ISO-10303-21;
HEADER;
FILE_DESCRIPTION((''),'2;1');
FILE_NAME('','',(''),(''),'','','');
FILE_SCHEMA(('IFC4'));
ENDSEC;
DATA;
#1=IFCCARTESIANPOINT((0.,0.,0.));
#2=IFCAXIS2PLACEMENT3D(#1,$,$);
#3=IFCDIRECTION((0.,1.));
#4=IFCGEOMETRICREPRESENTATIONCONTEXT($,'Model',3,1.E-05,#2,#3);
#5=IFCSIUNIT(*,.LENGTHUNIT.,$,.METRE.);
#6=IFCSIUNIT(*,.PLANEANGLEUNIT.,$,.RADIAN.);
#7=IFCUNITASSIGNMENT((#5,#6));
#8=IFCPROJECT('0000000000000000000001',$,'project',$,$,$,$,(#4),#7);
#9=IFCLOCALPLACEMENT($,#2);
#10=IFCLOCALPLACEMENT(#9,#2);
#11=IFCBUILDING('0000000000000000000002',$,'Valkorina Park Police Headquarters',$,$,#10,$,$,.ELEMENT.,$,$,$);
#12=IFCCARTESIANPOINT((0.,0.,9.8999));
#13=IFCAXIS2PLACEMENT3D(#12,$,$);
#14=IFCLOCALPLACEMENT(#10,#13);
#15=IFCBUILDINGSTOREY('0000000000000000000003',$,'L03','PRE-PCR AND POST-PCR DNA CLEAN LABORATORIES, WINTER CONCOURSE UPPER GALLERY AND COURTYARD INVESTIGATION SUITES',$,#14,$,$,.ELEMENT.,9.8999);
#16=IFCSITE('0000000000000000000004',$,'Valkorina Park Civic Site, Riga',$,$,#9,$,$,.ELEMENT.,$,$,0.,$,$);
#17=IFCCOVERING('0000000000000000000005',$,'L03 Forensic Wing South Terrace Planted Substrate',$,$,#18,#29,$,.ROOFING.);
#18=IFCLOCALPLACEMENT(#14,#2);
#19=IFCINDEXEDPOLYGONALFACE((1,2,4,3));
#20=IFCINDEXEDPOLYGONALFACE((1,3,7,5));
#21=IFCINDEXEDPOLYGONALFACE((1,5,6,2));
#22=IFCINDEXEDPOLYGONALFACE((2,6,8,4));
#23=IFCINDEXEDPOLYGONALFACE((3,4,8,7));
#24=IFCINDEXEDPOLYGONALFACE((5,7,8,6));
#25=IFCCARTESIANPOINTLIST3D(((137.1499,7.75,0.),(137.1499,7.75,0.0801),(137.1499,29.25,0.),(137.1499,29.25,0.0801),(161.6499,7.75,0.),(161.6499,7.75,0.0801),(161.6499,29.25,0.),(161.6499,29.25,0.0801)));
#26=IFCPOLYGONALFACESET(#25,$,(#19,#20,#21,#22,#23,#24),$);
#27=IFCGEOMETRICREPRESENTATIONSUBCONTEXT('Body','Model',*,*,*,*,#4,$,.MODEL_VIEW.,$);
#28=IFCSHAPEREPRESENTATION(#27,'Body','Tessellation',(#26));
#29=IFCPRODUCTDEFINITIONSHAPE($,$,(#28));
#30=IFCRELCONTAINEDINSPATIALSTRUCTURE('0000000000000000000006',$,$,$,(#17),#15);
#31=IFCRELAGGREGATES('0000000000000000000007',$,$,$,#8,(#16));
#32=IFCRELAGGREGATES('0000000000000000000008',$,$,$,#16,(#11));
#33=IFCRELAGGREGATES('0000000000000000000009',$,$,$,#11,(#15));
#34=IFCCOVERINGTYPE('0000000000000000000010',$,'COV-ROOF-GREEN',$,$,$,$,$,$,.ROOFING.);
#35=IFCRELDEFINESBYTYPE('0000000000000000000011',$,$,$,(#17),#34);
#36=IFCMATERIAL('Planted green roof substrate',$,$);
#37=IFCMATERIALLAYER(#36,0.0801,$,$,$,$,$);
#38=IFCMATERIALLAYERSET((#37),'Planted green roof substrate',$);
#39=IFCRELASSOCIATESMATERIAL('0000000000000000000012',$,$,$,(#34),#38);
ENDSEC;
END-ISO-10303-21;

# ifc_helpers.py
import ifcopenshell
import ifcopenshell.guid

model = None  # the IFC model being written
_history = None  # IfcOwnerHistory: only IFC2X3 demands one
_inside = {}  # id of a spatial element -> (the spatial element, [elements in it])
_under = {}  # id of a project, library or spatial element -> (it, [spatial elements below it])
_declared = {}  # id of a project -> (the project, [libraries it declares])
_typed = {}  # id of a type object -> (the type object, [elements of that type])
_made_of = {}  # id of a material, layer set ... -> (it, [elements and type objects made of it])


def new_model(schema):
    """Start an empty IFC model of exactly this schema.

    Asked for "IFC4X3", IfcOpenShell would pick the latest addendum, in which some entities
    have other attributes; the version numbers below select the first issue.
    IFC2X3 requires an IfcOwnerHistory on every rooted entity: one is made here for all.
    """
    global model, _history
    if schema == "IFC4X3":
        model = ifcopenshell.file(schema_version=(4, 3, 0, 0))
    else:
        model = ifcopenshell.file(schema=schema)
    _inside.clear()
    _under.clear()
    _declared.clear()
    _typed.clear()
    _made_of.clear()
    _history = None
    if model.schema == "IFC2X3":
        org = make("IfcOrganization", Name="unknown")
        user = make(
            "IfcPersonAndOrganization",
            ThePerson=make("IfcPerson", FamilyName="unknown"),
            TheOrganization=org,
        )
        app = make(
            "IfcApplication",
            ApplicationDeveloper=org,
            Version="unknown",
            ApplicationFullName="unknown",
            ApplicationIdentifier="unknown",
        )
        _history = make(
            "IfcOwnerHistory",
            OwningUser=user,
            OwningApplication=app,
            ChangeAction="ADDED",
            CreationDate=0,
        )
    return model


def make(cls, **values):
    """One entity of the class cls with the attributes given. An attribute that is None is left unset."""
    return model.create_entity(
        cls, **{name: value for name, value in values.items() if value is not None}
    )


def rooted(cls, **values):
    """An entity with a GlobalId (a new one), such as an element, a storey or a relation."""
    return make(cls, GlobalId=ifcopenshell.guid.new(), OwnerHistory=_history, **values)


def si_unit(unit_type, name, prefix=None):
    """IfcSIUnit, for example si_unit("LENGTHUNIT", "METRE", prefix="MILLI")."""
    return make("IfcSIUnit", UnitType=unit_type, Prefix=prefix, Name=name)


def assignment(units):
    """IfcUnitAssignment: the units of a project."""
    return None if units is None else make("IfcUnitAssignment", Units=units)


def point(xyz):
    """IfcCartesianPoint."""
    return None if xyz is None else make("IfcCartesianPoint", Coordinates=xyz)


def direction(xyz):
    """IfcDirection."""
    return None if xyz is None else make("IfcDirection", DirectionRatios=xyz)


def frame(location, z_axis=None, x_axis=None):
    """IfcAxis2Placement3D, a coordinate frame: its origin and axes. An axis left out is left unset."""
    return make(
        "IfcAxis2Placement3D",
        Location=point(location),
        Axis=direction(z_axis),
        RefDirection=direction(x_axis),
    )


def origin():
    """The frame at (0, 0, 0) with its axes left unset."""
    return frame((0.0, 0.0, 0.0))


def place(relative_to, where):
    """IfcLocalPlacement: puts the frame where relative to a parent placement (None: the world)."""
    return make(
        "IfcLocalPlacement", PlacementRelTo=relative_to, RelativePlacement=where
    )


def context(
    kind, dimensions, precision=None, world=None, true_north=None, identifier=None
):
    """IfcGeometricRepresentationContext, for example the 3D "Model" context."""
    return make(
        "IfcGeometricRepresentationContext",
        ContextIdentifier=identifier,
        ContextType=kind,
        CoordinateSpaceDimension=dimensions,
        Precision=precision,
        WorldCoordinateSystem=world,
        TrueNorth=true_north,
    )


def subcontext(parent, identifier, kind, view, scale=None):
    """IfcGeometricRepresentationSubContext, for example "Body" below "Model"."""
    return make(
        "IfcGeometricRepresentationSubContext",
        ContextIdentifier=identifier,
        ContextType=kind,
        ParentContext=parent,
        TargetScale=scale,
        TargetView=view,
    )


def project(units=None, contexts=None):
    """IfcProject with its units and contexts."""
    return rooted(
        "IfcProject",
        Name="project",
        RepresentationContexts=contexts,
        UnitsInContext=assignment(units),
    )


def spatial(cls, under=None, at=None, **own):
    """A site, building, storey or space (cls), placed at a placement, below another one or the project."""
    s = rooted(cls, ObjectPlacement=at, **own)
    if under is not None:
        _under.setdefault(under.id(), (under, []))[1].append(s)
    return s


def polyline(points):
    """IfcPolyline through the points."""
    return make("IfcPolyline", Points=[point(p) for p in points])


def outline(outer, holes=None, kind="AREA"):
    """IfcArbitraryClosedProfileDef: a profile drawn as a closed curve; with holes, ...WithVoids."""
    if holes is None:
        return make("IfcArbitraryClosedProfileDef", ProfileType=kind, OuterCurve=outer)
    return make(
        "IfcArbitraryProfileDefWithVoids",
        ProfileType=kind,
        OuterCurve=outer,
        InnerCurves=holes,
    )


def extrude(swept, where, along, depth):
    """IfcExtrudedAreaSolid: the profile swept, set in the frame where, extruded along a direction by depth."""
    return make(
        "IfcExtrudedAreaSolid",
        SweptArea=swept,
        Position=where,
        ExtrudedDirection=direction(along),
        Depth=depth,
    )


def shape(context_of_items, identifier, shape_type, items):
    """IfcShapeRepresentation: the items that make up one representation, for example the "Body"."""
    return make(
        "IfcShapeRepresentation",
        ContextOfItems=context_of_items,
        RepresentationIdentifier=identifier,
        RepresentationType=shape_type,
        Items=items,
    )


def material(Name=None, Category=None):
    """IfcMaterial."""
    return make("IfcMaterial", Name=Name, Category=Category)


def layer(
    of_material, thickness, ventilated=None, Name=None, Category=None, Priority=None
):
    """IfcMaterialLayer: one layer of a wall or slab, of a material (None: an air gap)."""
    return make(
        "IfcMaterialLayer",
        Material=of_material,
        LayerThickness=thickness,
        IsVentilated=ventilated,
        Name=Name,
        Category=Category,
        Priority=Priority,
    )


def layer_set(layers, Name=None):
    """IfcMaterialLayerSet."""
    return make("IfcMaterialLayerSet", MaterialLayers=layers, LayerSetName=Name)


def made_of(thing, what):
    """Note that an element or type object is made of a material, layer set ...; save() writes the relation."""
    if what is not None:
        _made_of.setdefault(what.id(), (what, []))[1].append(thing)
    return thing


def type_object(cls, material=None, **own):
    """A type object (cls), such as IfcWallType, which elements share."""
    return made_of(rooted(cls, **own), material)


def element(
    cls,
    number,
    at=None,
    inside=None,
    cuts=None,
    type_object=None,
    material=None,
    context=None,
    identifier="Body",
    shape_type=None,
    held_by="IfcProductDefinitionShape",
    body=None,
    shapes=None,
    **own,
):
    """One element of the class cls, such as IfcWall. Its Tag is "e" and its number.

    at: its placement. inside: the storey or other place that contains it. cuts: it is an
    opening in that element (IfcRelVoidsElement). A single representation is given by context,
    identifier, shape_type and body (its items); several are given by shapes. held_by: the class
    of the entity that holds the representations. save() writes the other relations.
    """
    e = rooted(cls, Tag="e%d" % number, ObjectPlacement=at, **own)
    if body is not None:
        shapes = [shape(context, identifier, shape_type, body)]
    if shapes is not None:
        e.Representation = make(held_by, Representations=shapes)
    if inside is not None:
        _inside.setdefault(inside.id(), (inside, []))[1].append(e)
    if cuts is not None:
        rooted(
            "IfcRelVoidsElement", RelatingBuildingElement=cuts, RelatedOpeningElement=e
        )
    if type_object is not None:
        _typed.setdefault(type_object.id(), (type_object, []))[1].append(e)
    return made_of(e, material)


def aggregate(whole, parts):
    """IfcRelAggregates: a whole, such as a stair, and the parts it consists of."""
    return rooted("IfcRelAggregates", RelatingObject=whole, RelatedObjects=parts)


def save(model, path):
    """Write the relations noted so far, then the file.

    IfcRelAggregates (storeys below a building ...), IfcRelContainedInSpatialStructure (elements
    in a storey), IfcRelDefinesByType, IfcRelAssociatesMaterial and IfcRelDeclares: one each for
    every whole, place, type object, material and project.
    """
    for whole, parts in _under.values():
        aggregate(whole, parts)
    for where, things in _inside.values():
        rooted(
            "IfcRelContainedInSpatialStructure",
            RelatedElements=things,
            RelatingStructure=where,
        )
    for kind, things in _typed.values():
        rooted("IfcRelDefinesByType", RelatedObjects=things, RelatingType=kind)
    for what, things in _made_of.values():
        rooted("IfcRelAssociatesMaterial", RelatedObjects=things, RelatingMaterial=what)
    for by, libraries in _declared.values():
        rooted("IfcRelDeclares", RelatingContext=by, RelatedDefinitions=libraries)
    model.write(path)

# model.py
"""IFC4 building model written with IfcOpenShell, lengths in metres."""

from ifc_helpers import new_model, si_unit, direction, frame, origin, place, context, subcontext, project, spatial, polyline, outline, extrude, material, layer, layer_set, type_object, element, save


model = new_model("IFC4")

# Units and contexts
model_context = context("Model", 3, precision=1e-05, world=origin(), true_north=direction((0.0, 1.0)))
body_context = subcontext(model_context, "Body", "Model", "MODEL_VIEW")
ifc_project = project(units=[si_unit("LENGTHUNIT", "METRE"), si_unit("PLANEANGLEUNIT", "RADIAN")], contexts=[model_context])

# Site, building, storey
site_placement = place(None, origin())
site = spatial("IfcSite", under=ifc_project, at=site_placement, Name="Valkorina Park Civic Site, Riga", CompositionType="ELEMENT", RefElevation=0.0)
building_placement = place(site_placement, origin())
building = spatial("IfcBuilding", under=site, at=building_placement, Name="Valkorina Park Police Headquarters", CompositionType="ELEMENT")
storey_placement = place(building_placement, frame((0.0, 0.0, 9.8999)))
storey = spatial("IfcBuildingStorey", under=building, at=storey_placement, Name="L03", Description="PRE-PCR AND POST-PCR DNA CLEAN LABORATORIES, WINTER CONCOURSE UPPER GALLERY AND COURTYARD INVESTIGATION SUITES", CompositionType="ELEMENT", Elevation=9.8999)

# Covering
ifc_material_1 = material(Name="Planted green roof substrate")
ifc_layer_1 = layer(ifc_material_1, 0.0801)
ifc_layer_set_1 = layer_set([ifc_layer_1], Name="Planted green roof substrate")
covering_type = type_object("IfcCoveringType", Name="COV-ROOF-GREEN", PredefinedType="ROOFING", material=ifc_layer_set_1)
covering_1_placement = place(storey_placement, origin())
element("IfcCovering", 1, at=covering_1_placement, inside=storey, type_object=covering_type, Name="L03 Forensic Wing South Terrace Planted Substrate", PredefinedType="ROOFING", context=body_context, shape_type="SweptSolid", body=[
    extrude(outline(polyline([(161.6499, 7.75), (161.6499, 29.25), (137.1499, 29.25), (137.1499, 7.75), (161.6499, 7.75)])), origin(), (0.0, 0.0, 1.0), 0.0801),
])

save(model, "model.ifc")
